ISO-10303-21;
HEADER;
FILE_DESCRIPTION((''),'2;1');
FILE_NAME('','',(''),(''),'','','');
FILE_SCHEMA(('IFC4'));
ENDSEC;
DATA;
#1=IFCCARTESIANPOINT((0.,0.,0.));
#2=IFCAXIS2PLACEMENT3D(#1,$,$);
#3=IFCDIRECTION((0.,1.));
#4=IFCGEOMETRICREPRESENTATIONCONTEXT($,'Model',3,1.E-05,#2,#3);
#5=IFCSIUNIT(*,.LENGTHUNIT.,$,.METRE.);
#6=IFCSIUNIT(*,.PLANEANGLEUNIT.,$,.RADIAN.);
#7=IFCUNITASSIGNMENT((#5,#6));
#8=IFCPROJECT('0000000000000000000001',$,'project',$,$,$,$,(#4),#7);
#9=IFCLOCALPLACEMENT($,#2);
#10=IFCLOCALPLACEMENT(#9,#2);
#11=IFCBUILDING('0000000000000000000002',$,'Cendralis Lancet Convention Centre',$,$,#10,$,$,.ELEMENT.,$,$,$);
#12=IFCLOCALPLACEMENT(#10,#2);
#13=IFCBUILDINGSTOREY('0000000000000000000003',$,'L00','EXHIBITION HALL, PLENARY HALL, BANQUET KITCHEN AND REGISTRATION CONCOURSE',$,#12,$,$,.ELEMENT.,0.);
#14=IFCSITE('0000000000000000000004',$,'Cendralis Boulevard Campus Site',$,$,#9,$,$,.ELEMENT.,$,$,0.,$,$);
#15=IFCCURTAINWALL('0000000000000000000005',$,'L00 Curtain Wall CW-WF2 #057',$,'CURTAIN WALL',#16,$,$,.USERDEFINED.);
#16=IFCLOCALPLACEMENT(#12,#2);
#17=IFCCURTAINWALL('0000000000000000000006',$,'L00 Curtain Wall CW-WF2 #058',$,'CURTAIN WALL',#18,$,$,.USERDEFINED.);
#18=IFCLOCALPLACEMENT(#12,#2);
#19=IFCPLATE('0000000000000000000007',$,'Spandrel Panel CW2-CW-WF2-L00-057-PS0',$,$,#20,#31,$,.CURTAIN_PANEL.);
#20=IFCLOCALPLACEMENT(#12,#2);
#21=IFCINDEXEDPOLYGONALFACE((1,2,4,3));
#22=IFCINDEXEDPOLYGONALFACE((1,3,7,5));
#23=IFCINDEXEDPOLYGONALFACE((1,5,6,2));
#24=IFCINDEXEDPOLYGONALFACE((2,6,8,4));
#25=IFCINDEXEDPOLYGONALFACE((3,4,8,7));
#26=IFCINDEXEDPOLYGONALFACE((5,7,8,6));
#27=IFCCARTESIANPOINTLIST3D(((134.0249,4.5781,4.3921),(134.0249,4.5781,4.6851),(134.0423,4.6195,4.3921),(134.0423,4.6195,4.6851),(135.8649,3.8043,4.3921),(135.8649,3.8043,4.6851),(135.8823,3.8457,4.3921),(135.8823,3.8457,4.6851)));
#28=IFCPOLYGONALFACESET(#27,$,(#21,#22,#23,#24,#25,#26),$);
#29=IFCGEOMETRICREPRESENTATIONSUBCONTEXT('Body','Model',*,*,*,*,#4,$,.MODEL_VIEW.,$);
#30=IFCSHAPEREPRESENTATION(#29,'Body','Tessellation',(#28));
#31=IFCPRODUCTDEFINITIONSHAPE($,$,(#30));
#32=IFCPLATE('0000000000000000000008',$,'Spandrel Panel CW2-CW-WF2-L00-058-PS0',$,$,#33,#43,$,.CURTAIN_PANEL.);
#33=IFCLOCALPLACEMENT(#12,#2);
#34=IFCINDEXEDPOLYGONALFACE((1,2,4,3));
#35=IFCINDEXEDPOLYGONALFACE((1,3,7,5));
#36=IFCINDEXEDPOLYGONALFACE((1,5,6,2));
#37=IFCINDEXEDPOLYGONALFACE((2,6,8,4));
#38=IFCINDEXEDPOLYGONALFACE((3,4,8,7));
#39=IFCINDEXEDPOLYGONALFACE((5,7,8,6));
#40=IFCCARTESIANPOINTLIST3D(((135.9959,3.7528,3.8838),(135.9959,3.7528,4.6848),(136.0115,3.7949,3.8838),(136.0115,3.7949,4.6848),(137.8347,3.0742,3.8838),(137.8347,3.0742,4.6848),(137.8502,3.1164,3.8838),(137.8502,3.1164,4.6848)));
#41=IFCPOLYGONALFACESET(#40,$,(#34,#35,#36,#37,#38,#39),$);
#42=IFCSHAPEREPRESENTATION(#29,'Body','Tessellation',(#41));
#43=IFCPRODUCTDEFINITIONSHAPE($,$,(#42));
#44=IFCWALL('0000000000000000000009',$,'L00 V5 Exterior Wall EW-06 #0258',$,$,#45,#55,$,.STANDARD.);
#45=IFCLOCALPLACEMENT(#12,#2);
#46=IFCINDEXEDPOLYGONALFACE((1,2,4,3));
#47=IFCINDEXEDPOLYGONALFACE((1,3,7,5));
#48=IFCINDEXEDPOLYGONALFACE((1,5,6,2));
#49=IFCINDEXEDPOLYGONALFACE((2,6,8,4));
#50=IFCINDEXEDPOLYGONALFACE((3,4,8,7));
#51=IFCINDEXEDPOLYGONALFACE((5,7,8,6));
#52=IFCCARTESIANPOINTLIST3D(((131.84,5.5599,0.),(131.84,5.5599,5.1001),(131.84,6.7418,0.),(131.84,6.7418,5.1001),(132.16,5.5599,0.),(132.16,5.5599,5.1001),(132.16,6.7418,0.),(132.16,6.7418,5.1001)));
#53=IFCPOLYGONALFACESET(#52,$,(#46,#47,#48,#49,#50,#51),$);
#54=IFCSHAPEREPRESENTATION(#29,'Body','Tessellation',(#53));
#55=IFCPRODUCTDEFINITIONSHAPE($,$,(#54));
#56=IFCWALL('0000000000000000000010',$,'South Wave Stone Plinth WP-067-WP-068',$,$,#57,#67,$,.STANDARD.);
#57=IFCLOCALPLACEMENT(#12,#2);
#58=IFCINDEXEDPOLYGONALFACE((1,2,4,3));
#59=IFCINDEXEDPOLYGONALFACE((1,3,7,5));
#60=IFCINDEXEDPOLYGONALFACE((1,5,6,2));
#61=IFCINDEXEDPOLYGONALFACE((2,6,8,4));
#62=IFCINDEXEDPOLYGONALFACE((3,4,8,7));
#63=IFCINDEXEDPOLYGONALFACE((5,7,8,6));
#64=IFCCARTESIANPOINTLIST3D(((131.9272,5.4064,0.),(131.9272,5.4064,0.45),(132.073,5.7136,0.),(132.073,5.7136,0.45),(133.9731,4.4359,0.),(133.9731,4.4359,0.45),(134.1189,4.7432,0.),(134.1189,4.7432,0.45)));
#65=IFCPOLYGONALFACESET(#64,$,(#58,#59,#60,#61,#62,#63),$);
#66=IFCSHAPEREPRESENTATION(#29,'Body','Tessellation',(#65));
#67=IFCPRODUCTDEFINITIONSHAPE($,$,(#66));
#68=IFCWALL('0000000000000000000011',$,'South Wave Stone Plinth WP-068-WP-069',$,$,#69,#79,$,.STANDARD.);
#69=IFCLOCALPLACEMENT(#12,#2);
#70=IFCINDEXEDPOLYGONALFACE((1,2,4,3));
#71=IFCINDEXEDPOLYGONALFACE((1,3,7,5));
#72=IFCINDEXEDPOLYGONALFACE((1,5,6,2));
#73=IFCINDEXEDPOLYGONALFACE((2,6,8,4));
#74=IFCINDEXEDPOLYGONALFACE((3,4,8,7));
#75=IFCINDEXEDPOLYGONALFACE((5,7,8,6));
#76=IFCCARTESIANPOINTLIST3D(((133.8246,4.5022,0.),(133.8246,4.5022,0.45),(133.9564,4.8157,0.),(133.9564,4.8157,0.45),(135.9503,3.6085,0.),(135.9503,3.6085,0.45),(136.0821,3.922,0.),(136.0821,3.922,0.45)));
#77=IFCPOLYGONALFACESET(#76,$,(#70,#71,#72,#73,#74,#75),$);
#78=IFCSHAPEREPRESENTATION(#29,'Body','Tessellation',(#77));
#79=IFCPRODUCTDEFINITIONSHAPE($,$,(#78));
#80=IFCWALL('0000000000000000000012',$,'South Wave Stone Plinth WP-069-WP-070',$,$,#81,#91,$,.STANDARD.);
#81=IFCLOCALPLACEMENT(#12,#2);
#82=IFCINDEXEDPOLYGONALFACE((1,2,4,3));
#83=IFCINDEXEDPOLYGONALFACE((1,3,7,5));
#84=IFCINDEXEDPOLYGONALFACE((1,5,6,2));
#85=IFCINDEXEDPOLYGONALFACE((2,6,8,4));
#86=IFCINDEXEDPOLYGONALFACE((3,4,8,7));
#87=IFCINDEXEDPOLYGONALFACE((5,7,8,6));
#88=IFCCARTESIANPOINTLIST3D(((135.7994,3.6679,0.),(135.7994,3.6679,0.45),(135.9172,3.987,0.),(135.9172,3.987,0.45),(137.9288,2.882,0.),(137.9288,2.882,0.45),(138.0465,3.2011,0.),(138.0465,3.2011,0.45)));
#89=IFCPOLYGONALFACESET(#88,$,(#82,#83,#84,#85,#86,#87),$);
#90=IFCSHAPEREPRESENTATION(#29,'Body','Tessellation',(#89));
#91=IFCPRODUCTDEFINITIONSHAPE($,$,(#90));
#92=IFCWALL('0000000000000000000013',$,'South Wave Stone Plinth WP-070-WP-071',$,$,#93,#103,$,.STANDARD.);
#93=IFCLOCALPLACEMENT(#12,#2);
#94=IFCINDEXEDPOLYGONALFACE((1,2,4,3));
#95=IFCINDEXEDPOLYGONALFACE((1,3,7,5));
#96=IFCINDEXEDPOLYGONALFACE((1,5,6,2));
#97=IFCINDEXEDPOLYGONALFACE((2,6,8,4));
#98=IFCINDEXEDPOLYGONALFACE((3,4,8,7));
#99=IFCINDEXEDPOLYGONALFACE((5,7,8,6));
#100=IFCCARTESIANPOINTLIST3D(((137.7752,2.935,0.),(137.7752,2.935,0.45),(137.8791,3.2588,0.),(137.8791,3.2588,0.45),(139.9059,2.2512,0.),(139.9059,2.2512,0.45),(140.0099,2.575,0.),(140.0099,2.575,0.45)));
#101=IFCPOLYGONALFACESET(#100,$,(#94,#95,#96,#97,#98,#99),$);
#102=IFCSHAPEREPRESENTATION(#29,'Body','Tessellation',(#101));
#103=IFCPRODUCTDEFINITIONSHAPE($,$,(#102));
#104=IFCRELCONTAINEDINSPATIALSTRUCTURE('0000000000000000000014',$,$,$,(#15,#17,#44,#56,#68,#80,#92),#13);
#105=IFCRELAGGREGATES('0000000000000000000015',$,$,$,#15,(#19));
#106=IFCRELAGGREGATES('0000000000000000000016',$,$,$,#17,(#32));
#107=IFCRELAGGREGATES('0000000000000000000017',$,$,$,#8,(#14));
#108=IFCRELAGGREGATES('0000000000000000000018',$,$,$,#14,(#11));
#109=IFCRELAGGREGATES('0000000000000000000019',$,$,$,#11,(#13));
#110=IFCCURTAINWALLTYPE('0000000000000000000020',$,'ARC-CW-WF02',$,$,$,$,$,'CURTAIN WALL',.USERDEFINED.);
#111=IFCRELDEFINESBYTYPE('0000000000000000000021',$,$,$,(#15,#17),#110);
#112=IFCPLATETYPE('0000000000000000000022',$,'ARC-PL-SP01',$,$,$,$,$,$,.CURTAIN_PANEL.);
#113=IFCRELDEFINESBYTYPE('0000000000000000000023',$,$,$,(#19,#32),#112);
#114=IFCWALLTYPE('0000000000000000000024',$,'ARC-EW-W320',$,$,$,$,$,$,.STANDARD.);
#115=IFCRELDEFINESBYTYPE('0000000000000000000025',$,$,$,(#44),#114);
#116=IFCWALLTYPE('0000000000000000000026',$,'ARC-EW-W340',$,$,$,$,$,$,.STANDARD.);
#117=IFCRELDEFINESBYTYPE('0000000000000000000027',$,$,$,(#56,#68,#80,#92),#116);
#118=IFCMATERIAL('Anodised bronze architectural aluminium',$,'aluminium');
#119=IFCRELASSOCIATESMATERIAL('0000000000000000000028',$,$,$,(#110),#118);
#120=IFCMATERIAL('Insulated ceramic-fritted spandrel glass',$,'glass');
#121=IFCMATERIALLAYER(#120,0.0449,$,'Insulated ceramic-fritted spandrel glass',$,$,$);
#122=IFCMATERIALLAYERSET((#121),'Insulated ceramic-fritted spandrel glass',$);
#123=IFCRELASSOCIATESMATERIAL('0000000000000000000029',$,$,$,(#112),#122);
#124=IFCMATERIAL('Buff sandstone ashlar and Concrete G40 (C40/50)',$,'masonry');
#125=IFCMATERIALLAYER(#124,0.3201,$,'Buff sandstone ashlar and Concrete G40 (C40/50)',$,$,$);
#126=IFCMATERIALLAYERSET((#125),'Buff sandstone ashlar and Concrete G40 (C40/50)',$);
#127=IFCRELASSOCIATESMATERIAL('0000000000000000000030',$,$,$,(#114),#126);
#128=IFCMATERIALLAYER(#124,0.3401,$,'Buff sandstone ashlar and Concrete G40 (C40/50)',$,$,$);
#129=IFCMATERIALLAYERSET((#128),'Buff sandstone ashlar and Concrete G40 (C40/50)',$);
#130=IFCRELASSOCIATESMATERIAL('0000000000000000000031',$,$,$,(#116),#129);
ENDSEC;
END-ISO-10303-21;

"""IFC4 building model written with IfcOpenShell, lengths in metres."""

from ifc_helpers import new_model, si_unit, direction, frame, frame_2d, origin, origin_2d, place, context, subcontext, project, spatial, rectangle, extrude, material, layer, layer_set, type_object, element, aggregate, save


model = new_model("IFC4")

# Units and contexts
model_context = context("Model", 3, precision=1e-05, world=origin(), true_north=direction((0.0, 1.0)))
body_context = subcontext(model_context, "Body", "Model", "MODEL_VIEW")
ifc_project = project(units=[si_unit("LENGTHUNIT", "METRE"), si_unit("PLANEANGLEUNIT", "RADIAN")], contexts=[model_context])

# Site, building, storey
site_placement = place(None, origin())
site = spatial("IfcSite", under=ifc_project, at=site_placement, Name="Cendralis Boulevard Campus Site", CompositionType="ELEMENT", RefElevation=0.0)
building_placement = place(site_placement, origin())
building = spatial("IfcBuilding", under=site, at=building_placement, Name="Cendralis Lancet Convention Centre", CompositionType="ELEMENT")
storey_placement = place(building_placement, origin())
storey = spatial("IfcBuildingStorey", under=building, at=storey_placement, Name="L00", Description="EXHIBITION HALL, PLENARY HALL, BANQUET KITCHEN AND REGISTRATION CONCOURSE", CompositionType="ELEMENT", Elevation=0.0)

# Shared definitions
ifc_material_1 = material(Name="Anodised bronze architectural aluminium", Category="aluminium")

# Curtain walls
curtain_wall_type_1 = type_object("IfcCurtainWallType", Name="ARC-CW-WF02", ElementType="CURTAIN WALL", PredefinedType="USERDEFINED", material=ifc_material_1)
curtain_wall_1_placement = place(storey_placement, origin())
curtain_wall_1 = element("IfcCurtainWall", 1, at=curtain_wall_1_placement, inside=storey, type_object=curtain_wall_type_1, Name="L00 Curtain Wall CW-WF2 #057", ObjectType="CURTAIN WALL", PredefinedType="USERDEFINED")
curtain_wall_2_placement = place(storey_placement, origin())
curtain_wall_2 = element("IfcCurtainWall", 2, at=curtain_wall_2_placement, inside=storey, type_object=curtain_wall_type_1, Name="L00 Curtain Wall CW-WF2 #058", ObjectType="CURTAIN WALL", PredefinedType="USERDEFINED")

# Plates
ifc_material_2 = material(Name="Insulated ceramic-fritted spandrel glass", Category="glass")
ifc_layer_1 = layer(ifc_material_2, 0.0449, Name="Insulated ceramic-fritted spandrel glass")
ifc_layer_set_1 = layer_set([ifc_layer_1], Name="Insulated ceramic-fritted spandrel glass")
plate_type_1 = type_object("IfcPlateType", Name="ARC-PL-SP01", PredefinedType="CURTAIN_PANEL", material=ifc_layer_set_1)
plate_1_placement = place(storey_placement, frame((134.9536, 4.2119, 4.3921), z_axis=(0.0, 0.0, 1.0), x_axis=(0.921812, -0.387638, 0.0)))
plate_1 = element("IfcPlate", 3, at=plate_1_placement, type_object=plate_type_1, Name="Spandrel Panel CW2-CW-WF2-L00-057-PS0", PredefinedType="CURTAIN_PANEL", context=body_context, shape_type="SweptSolid", body=[
    extrude(rectangle(XDim=1.9961, YDim=0.0449, at=origin_2d()), origin(), (0.0, 0.0, 1.0), 0.293),
])
aggregate(curtain_wall_1, [plate_1])
plate_2_placement = place(storey_placement, frame((136.9231, 3.4346, 3.8838), z_axis=(0.0, 0.0, 1.0), x_axis=(0.938156, -0.346213, 0.0)))
plate_2 = element("IfcPlate", 4, at=plate_2_placement, type_object=plate_type_1, Name="Spandrel Panel CW2-CW-WF2-L00-058-PS0", PredefinedType="CURTAIN_PANEL", context=body_context, shape_type="SweptSolid", body=[
    extrude(rectangle(XDim=1.96, YDim=0.0449, at=origin_2d()), origin(), (0.0, 0.0, 1.0), 0.801),
])
aggregate(curtain_wall_2, [plate_2])

# Walls
ifc_material_3 = material(Name="Buff sandstone ashlar and Concrete G40 (C40/50)", Category="masonry")
ifc_layer_2 = layer(ifc_material_3, 0.3201, Name="Buff sandstone ashlar and Concrete G40 (C40/50)")
ifc_layer_set_2 = layer_set([ifc_layer_2], Name="Buff sandstone ashlar and Concrete G40 (C40/50)")
wall_type_1 = type_object("IfcWallType", Name="ARC-EW-W320", PredefinedType="STANDARD", material=ifc_layer_set_2)
wall_1_placement = place(storey_placement, frame((132.0, 5.5601, 0.0), z_axis=(0.0, 0.0, 1.0), x_axis=(0.0, 1.0, 0.0)))
element("IfcWall", 5, at=wall_1_placement, inside=storey, type_object=wall_type_1, Name="L00 V5 Exterior Wall EW-06 #0258", PredefinedType="STANDARD", context=body_context, shape_type="SweptSolid", body=[
    extrude(rectangle(XDim=1.1819, YDim=0.3201, at=frame_2d((0.5908, 0.0))), origin(), (0.0, 0.0, 1.0), 5.1001),
])
ifc_layer_3 = layer(ifc_material_3, 0.3401, Name="Buff sandstone ashlar and Concrete G40 (C40/50)")
ifc_layer_set_3 = layer_set([ifc_layer_3], Name="Buff sandstone ashlar and Concrete G40 (C40/50)")
wall_type_2 = type_object("IfcWallType", Name="ARC-EW-W340", PredefinedType="STANDARD", material=ifc_layer_set_3)
wall_2_placement = place(storey_placement, frame((132.0, 5.5601, 0.0), z_axis=(0.0, 0.0, 1.0), x_axis=(0.903507, -0.428573, 0.0)))
element("IfcWall", 6, at=wall_2_placement, inside=storey, type_object=wall_type_2, Name="South Wave Stone Plinth WP-067-WP-068", PredefinedType="STANDARD", context=body_context, shape_type="SweptSolid", body=[
    extrude(rectangle(XDim=2.2644, YDim=0.3401, at=frame_2d((1.1323, 0.0))), origin(), (0.0, 0.0, 1.0), 0.45),
])
wall_3_placement = place(storey_placement, frame((133.8906, 4.6589, 0.0), z_axis=(0.0, 0.0, 1.0), x_axis=(0.921829, -0.387598, 0.0)))
element("IfcWall", 7, at=wall_3_placement, inside=storey, type_object=wall_type_2, Name="South Wave Stone Plinth WP-068-WP-069", PredefinedType="STANDARD", context=body_context, shape_type="SweptSolid", body=[
    extrude(rectangle(XDim=2.3059, YDim=0.3401, at=frame_2d((1.1528, 0.0))), origin(), (0.0, 0.0, 1.0), 0.45),
])
wall_4_placement = place(storey_placement, frame((135.8584, 3.8274, 0.0), z_axis=(0.0, 0.0, 1.0), x_axis=(0.938146, -0.346239, 0.0)))
element("IfcWall", 8, at=wall_4_placement, inside=storey, type_object=wall_type_2, Name="South Wave Stone Plinth WP-069-WP-070", PredefinedType="STANDARD", context=body_context, shape_type="SweptSolid", body=[
    extrude(rectangle(XDim=2.2698, YDim=0.3401, at=frame_2d((1.1348, 0.0))), origin(), (0.0, 0.0, 1.0), 0.45),
])
wall_5_placement = place(storey_placement, frame((137.8271, 3.0969, 0.0), z_axis=(0.0, 0.0, 1.0), x_axis=(0.952169, -0.305571, 0.0)))
element("IfcWall", 9, at=wall_5_placement, inside=storey, type_object=wall_type_2, Name="South Wave Stone Plinth WP-070-WP-071", PredefinedType="STANDARD", context=body_context, shape_type="SweptSolid", body=[
    extrude(rectangle(XDim=2.2378, YDim=0.3401, at=frame_2d((1.1189, 0.0))), origin(), (0.0, 0.0, 1.0), 0.45),
])

save(model, "model.ifc")
